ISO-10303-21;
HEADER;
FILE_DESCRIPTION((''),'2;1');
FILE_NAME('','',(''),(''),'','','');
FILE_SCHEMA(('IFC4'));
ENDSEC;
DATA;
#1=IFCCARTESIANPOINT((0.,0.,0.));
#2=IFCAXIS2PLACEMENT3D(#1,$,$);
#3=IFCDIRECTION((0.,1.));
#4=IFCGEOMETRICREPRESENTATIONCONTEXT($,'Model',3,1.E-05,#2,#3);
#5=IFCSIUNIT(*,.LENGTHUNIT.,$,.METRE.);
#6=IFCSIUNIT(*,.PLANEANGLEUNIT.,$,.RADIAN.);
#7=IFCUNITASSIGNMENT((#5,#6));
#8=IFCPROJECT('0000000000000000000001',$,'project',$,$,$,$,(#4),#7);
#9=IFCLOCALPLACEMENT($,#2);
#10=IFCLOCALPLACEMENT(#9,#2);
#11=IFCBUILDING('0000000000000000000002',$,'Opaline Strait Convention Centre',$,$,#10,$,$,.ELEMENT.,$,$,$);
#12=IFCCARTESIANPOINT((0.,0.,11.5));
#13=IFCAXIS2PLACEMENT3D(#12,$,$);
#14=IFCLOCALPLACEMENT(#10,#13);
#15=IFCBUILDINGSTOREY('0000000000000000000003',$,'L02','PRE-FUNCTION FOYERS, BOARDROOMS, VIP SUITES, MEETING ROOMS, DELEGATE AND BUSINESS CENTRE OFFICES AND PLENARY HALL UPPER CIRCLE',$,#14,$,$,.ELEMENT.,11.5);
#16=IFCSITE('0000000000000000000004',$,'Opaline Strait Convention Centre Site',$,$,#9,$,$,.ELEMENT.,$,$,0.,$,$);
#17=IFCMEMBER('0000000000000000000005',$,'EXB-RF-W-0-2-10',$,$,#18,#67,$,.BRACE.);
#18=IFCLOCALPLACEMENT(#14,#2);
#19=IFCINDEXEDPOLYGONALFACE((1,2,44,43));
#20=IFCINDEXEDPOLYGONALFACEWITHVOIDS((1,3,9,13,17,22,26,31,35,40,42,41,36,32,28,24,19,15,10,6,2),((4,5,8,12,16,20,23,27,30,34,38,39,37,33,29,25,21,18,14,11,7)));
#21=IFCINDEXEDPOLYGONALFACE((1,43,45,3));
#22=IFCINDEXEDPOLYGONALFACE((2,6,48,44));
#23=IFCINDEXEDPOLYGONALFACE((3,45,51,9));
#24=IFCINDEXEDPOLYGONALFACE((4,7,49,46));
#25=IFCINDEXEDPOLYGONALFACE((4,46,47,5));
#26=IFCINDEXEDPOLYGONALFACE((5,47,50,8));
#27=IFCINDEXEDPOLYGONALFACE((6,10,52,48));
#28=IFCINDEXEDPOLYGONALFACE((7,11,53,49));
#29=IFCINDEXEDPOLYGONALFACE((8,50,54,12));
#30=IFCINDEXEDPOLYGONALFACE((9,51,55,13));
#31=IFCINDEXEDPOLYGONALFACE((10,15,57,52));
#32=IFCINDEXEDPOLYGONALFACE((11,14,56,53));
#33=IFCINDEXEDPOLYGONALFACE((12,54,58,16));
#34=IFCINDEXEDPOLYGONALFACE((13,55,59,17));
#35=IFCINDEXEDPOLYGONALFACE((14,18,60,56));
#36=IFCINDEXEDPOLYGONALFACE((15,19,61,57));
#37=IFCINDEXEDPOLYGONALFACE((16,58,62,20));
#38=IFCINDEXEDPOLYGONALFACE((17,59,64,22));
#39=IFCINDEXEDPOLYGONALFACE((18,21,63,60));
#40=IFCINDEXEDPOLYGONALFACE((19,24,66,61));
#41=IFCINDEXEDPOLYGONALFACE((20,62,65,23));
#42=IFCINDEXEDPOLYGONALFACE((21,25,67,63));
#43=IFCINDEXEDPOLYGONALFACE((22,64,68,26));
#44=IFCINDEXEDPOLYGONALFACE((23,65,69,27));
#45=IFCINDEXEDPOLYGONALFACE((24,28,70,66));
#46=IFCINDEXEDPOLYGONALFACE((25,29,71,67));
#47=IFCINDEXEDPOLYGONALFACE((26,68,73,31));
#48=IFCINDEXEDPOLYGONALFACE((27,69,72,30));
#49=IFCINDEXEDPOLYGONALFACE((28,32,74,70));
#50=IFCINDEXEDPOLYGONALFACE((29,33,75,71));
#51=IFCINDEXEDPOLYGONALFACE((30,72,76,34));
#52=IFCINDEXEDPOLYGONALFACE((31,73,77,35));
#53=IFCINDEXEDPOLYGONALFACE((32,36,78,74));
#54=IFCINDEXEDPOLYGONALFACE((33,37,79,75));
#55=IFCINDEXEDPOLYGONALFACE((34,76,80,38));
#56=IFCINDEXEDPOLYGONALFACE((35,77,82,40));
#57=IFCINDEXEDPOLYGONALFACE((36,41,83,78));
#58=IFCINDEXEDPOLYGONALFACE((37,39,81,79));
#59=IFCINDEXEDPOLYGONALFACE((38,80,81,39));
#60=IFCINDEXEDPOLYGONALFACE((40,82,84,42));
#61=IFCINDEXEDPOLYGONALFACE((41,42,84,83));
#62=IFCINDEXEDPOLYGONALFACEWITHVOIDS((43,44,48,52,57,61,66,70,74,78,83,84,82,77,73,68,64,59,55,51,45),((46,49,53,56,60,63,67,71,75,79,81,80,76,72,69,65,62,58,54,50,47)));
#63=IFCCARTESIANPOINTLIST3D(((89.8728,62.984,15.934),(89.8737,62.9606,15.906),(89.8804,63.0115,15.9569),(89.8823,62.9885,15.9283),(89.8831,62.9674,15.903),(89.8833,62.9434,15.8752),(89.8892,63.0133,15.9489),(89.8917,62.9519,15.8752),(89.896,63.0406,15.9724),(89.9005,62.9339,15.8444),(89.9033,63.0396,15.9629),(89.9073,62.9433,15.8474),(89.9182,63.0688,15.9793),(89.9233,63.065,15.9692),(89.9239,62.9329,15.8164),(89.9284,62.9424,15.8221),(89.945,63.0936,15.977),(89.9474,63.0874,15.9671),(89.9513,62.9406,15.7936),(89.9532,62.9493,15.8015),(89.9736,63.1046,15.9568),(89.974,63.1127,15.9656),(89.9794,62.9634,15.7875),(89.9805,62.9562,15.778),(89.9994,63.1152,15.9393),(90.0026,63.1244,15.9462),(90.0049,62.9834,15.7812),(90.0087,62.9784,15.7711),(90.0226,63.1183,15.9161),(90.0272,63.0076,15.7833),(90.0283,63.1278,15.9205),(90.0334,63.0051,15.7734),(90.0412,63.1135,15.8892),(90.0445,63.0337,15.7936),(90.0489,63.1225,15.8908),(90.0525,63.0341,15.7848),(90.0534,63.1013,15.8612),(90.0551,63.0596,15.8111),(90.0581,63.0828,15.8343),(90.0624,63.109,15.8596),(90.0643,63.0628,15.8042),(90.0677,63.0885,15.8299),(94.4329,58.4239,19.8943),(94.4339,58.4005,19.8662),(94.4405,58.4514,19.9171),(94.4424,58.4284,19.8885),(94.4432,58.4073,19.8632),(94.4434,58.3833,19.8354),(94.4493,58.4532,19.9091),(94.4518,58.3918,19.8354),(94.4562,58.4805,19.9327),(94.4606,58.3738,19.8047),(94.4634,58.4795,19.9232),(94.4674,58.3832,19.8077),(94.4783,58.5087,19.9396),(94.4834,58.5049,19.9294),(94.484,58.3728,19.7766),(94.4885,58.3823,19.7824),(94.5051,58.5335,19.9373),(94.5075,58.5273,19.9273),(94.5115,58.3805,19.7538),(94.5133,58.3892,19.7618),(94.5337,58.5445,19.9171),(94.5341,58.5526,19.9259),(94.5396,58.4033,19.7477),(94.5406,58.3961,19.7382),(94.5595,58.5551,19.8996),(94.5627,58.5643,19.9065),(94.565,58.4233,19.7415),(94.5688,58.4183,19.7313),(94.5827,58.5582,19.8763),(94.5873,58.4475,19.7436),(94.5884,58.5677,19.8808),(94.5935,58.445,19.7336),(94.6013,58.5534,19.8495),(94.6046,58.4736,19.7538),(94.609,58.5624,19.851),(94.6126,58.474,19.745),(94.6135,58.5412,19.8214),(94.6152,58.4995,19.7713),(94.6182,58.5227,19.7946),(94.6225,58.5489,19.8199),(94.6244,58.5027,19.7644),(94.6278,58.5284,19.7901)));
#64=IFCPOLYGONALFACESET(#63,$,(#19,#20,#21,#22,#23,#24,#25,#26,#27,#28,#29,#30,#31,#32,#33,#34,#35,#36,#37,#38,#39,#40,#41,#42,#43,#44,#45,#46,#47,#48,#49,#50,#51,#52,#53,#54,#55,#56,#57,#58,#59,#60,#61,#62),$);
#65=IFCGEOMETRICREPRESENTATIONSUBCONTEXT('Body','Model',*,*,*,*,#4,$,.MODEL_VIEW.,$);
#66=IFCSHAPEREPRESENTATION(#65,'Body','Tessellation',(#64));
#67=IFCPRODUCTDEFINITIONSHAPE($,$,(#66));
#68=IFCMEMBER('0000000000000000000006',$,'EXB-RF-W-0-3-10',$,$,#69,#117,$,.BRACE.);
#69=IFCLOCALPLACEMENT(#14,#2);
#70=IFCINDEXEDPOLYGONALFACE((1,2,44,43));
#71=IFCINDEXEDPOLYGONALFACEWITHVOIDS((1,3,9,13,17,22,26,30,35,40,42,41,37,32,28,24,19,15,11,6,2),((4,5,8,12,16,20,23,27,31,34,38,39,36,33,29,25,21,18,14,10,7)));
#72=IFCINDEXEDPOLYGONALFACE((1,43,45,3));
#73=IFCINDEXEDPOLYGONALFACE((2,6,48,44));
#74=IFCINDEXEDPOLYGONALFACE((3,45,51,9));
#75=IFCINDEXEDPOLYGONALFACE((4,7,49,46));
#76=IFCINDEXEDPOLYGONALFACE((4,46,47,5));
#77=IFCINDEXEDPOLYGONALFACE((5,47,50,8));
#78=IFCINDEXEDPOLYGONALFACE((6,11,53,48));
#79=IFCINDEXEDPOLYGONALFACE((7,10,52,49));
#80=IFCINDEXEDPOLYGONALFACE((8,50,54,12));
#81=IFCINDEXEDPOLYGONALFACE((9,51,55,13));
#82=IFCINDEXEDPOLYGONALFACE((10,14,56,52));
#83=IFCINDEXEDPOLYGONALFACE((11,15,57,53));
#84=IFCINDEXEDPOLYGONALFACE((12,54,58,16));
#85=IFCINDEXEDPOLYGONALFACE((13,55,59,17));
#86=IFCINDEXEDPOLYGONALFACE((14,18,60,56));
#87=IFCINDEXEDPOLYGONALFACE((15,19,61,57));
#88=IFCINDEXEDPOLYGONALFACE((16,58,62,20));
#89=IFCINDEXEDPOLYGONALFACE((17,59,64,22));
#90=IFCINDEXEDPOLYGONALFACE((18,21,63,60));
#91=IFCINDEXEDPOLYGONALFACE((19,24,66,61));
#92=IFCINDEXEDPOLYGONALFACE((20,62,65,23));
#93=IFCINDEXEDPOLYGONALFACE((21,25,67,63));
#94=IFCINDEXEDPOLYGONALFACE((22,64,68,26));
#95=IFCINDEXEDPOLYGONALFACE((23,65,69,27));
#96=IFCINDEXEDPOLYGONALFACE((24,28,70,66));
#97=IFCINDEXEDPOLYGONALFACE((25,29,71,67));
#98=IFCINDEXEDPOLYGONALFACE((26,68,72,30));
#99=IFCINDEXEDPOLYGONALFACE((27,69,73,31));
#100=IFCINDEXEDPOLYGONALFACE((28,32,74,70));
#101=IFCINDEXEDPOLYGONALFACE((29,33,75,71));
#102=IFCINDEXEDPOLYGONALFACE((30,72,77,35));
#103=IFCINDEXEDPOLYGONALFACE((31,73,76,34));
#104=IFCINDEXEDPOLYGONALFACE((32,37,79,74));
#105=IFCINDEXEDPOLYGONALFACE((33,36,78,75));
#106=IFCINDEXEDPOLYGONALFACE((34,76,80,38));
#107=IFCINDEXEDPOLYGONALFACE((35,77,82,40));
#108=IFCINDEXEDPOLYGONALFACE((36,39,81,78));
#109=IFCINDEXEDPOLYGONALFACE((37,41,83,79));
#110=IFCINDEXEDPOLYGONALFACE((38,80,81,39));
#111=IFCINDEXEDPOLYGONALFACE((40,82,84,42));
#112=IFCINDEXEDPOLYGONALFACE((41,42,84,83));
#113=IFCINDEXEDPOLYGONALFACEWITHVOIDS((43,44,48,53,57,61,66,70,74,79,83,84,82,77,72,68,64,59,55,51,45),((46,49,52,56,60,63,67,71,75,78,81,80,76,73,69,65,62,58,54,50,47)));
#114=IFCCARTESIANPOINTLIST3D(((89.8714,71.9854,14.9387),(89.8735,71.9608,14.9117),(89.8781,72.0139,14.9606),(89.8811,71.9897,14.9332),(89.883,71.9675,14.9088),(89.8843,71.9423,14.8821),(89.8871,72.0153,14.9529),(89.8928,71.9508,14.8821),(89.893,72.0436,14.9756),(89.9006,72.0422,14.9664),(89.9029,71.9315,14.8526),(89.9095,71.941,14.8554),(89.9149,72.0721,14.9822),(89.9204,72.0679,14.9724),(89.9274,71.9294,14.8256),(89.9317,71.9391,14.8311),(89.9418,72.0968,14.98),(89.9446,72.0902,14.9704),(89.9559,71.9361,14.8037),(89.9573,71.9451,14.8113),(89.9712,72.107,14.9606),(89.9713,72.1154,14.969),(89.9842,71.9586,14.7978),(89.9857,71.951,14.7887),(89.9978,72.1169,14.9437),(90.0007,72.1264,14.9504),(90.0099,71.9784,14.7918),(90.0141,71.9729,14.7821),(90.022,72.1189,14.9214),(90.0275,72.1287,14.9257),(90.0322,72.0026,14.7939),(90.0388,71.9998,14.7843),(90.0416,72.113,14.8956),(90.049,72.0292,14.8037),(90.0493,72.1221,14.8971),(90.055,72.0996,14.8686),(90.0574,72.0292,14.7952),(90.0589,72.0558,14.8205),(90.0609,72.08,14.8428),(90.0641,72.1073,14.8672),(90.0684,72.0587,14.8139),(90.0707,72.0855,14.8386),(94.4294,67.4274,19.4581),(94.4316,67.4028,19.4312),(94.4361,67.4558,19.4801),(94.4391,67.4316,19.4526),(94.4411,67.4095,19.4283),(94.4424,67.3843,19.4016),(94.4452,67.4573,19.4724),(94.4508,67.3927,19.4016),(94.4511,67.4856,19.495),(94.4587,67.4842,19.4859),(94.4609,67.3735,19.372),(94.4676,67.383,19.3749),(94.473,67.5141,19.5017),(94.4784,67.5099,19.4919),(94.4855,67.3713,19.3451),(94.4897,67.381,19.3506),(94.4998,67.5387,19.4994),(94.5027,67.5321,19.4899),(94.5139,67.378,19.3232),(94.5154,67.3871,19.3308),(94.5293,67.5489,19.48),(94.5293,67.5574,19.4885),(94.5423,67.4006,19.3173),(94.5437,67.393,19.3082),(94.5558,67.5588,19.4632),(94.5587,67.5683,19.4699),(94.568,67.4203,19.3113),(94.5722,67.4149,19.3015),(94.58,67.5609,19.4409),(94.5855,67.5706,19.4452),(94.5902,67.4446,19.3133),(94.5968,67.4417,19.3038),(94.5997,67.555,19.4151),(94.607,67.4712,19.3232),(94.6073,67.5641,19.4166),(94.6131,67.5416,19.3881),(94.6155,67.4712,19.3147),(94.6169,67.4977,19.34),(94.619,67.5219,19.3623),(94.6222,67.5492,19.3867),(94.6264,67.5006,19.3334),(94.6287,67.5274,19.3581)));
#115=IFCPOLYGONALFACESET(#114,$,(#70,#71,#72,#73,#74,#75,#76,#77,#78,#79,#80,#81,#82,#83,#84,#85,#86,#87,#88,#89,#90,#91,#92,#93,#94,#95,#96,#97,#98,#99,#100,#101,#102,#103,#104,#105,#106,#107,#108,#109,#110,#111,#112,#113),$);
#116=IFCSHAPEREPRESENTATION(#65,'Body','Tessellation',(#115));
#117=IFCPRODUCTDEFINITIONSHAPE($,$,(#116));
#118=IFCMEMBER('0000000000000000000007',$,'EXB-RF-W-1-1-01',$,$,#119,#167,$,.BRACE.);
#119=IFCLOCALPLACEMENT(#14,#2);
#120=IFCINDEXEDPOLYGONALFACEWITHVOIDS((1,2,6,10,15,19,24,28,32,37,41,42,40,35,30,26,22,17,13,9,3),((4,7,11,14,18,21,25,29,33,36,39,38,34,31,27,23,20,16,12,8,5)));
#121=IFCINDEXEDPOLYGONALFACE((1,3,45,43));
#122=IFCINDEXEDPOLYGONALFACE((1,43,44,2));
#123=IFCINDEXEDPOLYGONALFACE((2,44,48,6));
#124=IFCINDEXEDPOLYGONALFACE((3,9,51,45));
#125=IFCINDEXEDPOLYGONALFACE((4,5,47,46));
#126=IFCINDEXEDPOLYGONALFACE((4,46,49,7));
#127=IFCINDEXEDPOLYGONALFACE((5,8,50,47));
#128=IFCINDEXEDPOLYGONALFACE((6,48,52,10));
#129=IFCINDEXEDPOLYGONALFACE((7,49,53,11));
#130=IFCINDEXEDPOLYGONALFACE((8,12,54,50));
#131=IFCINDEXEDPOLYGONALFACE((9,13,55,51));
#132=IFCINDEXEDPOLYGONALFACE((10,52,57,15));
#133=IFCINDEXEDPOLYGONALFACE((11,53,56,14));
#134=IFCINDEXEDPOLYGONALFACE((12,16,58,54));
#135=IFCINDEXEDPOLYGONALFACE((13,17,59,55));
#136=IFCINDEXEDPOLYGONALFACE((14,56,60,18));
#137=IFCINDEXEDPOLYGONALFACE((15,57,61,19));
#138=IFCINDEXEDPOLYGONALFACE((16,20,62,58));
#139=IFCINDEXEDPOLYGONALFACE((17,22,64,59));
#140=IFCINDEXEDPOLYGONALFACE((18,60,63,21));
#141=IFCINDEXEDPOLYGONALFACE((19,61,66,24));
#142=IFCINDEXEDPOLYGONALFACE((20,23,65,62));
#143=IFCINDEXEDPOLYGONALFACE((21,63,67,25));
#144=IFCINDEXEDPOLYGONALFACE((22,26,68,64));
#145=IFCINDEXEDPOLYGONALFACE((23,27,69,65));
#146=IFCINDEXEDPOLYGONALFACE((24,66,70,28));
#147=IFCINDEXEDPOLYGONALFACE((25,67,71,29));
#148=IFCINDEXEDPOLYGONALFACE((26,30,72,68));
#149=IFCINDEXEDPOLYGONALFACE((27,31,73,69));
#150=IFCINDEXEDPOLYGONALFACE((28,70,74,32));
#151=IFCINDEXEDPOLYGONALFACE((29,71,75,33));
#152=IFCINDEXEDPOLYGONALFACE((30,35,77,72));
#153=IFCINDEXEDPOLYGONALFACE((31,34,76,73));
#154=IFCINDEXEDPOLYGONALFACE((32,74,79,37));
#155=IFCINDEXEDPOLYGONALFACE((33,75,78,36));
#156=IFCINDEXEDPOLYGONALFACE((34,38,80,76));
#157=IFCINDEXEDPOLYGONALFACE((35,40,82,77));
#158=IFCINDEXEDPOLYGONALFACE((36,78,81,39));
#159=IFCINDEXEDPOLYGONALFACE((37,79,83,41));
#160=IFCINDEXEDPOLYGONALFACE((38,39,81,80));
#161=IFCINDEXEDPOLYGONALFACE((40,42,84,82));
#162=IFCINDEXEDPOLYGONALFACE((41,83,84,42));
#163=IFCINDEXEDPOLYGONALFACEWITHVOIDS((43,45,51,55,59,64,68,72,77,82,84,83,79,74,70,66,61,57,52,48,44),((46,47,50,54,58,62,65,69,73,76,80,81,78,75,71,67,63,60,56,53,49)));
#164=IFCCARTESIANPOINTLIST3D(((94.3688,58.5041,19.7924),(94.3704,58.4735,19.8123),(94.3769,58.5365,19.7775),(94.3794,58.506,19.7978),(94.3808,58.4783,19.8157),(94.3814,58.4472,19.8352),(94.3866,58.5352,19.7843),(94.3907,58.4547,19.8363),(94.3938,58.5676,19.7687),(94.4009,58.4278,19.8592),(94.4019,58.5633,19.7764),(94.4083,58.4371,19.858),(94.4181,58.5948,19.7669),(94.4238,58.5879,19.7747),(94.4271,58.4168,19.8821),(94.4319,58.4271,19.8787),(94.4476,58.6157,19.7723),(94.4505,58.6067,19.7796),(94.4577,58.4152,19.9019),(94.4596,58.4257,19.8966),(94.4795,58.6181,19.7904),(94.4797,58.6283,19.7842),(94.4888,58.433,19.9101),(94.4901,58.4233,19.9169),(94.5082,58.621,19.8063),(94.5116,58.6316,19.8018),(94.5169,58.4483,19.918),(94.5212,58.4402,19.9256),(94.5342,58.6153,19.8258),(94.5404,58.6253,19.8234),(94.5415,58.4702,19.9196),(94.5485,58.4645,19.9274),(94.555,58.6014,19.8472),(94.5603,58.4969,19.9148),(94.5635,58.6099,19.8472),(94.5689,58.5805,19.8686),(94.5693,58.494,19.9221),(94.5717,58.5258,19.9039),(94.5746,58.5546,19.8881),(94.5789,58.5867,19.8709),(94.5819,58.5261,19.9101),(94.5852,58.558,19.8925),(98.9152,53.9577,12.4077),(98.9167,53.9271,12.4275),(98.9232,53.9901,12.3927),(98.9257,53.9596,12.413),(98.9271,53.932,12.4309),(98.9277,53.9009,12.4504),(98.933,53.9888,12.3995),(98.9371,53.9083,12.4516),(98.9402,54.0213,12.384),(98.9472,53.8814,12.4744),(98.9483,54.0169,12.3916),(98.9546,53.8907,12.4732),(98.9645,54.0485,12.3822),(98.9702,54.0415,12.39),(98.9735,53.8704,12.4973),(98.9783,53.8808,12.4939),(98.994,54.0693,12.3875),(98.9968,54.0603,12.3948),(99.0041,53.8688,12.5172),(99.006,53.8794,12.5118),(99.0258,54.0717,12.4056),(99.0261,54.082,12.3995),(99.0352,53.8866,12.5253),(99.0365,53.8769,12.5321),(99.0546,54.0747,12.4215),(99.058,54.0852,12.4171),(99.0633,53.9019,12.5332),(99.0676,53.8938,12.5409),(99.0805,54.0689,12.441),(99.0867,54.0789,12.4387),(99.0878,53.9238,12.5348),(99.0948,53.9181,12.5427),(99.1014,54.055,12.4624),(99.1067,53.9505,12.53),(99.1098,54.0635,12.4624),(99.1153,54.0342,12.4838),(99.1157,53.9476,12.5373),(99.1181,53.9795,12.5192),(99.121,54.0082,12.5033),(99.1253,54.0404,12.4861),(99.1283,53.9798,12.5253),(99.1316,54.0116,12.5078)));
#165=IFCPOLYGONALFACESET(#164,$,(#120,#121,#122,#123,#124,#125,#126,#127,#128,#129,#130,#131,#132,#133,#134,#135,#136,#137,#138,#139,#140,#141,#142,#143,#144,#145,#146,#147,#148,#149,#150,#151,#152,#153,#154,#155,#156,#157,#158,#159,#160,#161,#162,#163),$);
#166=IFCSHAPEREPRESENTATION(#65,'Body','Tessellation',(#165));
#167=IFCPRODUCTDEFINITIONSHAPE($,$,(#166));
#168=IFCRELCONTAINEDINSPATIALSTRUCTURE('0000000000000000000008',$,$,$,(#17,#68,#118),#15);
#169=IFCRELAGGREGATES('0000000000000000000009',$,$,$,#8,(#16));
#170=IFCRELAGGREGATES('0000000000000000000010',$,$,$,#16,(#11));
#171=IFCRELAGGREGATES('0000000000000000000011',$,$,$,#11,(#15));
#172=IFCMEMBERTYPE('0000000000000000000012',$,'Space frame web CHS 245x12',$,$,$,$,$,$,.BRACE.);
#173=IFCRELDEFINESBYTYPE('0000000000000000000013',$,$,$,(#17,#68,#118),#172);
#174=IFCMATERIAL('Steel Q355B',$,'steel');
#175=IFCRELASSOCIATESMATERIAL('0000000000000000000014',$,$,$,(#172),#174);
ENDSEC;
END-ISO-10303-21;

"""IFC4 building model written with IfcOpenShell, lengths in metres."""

from ifc_helpers import new_model, si_unit, direction, frame, origin, origin_2d, place, context, subcontext, project, spatial, hollow_circle, extrude, material, material_profile, profile_set, type_object, element, save


model = new_model("IFC4")

# Units and contexts
model_context = context("Model", 3, precision=1e-05, world=origin(), true_north=direction((0.0, 1.0)))
body_context = subcontext(model_context, "Body", "Model", "MODEL_VIEW")
ifc_project = project(units=[si_unit("LENGTHUNIT", "METRE"), si_unit("PLANEANGLEUNIT", "RADIAN")], contexts=[model_context])

# Site, building, storey
site_placement = place(None, origin())
site = spatial("IfcSite", under=ifc_project, at=site_placement, Name="Opaline Strait Convention Centre Site", CompositionType="ELEMENT", RefElevation=0.0)
building_placement = place(site_placement, origin())
building = spatial("IfcBuilding", under=site, at=building_placement, Name="Opaline Strait Convention Centre", CompositionType="ELEMENT")
storey_placement = place(building_placement, frame((0.0, 0.0, 11.5)))
storey = spatial("IfcBuildingStorey", under=building, at=storey_placement, Name="L02", Description="PRE-FUNCTION FOYERS, BOARDROOMS, VIP SUITES, MEETING ROOMS, DELEGATE AND BUSINESS CENTRE OFFICES AND PLENARY HALL UPPER CIRCLE", CompositionType="ELEMENT", Elevation=11.5)

# Members
ifc_material_1 = material(Name="Steel Q355B", Category="steel")
ifc_material_profile_1 = material_profile(ifc_material_1, hollow_circle(Radius=0.1226, WallThickness=0.012, at=origin_2d()), Name="CHS 245x12")
ifc_profile_set_1 = profile_set([ifc_material_profile_1], Name="Steel Q355B")
member_type_1 = type_object("IfcMemberType", Name="Space frame web CHS 245x12", PredefinedType="BRACE", material=ifc_profile_set_1)
member_1_placement = place(storey_placement, frame((94.53, 58.47, 19.8354), z_axis=(-0.602561, 0.602561, -0.523297), x_axis=(-0.707107, -0.707107, 0.0)))
element("IfcMember", 1, at=member_1_placement, inside=storey, type_object=member_type_1, Name="EXB-RF-W-0-2-10", PredefinedType="BRACE", context=body_context, shape_type="SweptSolid", body=[
    extrude(hollow_circle(Radius=0.1226, WallThickness=0.012, at=origin_2d()), origin(), (0.0, 0.0, 1.0), 7.5679),
])
member_2_placement = place(storey_placement, frame((94.5291, 67.4709, 19.4016), z_axis=(-0.578979, 0.578979, -0.574079), x_axis=(-0.707107, -0.707107, 0.0)))
element("IfcMember", 2, at=member_2_placement, inside=storey, type_object=member_type_1, Name="EXB-RF-W-0-3-10", PredefinedType="BRACE", context=body_context, shape_type="SweptSolid", body=[
    extrude(hollow_circle(Radius=0.1226, WallThickness=0.012, at=origin_2d()), origin(), (0.0, 0.0, 1.0), 7.8726),
])
for number, where, z_axis, x_axis, name in (
    (3, (94.4768, 58.5232, 19.8472), (0.464318, -0.464318, -0.754199), (0.707107, 0.707107, 0.0), "EXB-RF-W-1-1-01"),
):
    element("IfcMember", number, at=place(storey_placement, frame(where, z_axis=z_axis, x_axis=x_axis)), inside=storey, type_object=member_type_1, Name=name, PredefinedType="BRACE", context=body_context, shape_type="SweptSolid", body=[
        extrude(hollow_circle(Radius=0.1226, WallThickness=0.012, at=origin_2d()), origin(), (0.0, 0.0, 1.0), 9.7915),
    ])

save(model, "model.ifc")
